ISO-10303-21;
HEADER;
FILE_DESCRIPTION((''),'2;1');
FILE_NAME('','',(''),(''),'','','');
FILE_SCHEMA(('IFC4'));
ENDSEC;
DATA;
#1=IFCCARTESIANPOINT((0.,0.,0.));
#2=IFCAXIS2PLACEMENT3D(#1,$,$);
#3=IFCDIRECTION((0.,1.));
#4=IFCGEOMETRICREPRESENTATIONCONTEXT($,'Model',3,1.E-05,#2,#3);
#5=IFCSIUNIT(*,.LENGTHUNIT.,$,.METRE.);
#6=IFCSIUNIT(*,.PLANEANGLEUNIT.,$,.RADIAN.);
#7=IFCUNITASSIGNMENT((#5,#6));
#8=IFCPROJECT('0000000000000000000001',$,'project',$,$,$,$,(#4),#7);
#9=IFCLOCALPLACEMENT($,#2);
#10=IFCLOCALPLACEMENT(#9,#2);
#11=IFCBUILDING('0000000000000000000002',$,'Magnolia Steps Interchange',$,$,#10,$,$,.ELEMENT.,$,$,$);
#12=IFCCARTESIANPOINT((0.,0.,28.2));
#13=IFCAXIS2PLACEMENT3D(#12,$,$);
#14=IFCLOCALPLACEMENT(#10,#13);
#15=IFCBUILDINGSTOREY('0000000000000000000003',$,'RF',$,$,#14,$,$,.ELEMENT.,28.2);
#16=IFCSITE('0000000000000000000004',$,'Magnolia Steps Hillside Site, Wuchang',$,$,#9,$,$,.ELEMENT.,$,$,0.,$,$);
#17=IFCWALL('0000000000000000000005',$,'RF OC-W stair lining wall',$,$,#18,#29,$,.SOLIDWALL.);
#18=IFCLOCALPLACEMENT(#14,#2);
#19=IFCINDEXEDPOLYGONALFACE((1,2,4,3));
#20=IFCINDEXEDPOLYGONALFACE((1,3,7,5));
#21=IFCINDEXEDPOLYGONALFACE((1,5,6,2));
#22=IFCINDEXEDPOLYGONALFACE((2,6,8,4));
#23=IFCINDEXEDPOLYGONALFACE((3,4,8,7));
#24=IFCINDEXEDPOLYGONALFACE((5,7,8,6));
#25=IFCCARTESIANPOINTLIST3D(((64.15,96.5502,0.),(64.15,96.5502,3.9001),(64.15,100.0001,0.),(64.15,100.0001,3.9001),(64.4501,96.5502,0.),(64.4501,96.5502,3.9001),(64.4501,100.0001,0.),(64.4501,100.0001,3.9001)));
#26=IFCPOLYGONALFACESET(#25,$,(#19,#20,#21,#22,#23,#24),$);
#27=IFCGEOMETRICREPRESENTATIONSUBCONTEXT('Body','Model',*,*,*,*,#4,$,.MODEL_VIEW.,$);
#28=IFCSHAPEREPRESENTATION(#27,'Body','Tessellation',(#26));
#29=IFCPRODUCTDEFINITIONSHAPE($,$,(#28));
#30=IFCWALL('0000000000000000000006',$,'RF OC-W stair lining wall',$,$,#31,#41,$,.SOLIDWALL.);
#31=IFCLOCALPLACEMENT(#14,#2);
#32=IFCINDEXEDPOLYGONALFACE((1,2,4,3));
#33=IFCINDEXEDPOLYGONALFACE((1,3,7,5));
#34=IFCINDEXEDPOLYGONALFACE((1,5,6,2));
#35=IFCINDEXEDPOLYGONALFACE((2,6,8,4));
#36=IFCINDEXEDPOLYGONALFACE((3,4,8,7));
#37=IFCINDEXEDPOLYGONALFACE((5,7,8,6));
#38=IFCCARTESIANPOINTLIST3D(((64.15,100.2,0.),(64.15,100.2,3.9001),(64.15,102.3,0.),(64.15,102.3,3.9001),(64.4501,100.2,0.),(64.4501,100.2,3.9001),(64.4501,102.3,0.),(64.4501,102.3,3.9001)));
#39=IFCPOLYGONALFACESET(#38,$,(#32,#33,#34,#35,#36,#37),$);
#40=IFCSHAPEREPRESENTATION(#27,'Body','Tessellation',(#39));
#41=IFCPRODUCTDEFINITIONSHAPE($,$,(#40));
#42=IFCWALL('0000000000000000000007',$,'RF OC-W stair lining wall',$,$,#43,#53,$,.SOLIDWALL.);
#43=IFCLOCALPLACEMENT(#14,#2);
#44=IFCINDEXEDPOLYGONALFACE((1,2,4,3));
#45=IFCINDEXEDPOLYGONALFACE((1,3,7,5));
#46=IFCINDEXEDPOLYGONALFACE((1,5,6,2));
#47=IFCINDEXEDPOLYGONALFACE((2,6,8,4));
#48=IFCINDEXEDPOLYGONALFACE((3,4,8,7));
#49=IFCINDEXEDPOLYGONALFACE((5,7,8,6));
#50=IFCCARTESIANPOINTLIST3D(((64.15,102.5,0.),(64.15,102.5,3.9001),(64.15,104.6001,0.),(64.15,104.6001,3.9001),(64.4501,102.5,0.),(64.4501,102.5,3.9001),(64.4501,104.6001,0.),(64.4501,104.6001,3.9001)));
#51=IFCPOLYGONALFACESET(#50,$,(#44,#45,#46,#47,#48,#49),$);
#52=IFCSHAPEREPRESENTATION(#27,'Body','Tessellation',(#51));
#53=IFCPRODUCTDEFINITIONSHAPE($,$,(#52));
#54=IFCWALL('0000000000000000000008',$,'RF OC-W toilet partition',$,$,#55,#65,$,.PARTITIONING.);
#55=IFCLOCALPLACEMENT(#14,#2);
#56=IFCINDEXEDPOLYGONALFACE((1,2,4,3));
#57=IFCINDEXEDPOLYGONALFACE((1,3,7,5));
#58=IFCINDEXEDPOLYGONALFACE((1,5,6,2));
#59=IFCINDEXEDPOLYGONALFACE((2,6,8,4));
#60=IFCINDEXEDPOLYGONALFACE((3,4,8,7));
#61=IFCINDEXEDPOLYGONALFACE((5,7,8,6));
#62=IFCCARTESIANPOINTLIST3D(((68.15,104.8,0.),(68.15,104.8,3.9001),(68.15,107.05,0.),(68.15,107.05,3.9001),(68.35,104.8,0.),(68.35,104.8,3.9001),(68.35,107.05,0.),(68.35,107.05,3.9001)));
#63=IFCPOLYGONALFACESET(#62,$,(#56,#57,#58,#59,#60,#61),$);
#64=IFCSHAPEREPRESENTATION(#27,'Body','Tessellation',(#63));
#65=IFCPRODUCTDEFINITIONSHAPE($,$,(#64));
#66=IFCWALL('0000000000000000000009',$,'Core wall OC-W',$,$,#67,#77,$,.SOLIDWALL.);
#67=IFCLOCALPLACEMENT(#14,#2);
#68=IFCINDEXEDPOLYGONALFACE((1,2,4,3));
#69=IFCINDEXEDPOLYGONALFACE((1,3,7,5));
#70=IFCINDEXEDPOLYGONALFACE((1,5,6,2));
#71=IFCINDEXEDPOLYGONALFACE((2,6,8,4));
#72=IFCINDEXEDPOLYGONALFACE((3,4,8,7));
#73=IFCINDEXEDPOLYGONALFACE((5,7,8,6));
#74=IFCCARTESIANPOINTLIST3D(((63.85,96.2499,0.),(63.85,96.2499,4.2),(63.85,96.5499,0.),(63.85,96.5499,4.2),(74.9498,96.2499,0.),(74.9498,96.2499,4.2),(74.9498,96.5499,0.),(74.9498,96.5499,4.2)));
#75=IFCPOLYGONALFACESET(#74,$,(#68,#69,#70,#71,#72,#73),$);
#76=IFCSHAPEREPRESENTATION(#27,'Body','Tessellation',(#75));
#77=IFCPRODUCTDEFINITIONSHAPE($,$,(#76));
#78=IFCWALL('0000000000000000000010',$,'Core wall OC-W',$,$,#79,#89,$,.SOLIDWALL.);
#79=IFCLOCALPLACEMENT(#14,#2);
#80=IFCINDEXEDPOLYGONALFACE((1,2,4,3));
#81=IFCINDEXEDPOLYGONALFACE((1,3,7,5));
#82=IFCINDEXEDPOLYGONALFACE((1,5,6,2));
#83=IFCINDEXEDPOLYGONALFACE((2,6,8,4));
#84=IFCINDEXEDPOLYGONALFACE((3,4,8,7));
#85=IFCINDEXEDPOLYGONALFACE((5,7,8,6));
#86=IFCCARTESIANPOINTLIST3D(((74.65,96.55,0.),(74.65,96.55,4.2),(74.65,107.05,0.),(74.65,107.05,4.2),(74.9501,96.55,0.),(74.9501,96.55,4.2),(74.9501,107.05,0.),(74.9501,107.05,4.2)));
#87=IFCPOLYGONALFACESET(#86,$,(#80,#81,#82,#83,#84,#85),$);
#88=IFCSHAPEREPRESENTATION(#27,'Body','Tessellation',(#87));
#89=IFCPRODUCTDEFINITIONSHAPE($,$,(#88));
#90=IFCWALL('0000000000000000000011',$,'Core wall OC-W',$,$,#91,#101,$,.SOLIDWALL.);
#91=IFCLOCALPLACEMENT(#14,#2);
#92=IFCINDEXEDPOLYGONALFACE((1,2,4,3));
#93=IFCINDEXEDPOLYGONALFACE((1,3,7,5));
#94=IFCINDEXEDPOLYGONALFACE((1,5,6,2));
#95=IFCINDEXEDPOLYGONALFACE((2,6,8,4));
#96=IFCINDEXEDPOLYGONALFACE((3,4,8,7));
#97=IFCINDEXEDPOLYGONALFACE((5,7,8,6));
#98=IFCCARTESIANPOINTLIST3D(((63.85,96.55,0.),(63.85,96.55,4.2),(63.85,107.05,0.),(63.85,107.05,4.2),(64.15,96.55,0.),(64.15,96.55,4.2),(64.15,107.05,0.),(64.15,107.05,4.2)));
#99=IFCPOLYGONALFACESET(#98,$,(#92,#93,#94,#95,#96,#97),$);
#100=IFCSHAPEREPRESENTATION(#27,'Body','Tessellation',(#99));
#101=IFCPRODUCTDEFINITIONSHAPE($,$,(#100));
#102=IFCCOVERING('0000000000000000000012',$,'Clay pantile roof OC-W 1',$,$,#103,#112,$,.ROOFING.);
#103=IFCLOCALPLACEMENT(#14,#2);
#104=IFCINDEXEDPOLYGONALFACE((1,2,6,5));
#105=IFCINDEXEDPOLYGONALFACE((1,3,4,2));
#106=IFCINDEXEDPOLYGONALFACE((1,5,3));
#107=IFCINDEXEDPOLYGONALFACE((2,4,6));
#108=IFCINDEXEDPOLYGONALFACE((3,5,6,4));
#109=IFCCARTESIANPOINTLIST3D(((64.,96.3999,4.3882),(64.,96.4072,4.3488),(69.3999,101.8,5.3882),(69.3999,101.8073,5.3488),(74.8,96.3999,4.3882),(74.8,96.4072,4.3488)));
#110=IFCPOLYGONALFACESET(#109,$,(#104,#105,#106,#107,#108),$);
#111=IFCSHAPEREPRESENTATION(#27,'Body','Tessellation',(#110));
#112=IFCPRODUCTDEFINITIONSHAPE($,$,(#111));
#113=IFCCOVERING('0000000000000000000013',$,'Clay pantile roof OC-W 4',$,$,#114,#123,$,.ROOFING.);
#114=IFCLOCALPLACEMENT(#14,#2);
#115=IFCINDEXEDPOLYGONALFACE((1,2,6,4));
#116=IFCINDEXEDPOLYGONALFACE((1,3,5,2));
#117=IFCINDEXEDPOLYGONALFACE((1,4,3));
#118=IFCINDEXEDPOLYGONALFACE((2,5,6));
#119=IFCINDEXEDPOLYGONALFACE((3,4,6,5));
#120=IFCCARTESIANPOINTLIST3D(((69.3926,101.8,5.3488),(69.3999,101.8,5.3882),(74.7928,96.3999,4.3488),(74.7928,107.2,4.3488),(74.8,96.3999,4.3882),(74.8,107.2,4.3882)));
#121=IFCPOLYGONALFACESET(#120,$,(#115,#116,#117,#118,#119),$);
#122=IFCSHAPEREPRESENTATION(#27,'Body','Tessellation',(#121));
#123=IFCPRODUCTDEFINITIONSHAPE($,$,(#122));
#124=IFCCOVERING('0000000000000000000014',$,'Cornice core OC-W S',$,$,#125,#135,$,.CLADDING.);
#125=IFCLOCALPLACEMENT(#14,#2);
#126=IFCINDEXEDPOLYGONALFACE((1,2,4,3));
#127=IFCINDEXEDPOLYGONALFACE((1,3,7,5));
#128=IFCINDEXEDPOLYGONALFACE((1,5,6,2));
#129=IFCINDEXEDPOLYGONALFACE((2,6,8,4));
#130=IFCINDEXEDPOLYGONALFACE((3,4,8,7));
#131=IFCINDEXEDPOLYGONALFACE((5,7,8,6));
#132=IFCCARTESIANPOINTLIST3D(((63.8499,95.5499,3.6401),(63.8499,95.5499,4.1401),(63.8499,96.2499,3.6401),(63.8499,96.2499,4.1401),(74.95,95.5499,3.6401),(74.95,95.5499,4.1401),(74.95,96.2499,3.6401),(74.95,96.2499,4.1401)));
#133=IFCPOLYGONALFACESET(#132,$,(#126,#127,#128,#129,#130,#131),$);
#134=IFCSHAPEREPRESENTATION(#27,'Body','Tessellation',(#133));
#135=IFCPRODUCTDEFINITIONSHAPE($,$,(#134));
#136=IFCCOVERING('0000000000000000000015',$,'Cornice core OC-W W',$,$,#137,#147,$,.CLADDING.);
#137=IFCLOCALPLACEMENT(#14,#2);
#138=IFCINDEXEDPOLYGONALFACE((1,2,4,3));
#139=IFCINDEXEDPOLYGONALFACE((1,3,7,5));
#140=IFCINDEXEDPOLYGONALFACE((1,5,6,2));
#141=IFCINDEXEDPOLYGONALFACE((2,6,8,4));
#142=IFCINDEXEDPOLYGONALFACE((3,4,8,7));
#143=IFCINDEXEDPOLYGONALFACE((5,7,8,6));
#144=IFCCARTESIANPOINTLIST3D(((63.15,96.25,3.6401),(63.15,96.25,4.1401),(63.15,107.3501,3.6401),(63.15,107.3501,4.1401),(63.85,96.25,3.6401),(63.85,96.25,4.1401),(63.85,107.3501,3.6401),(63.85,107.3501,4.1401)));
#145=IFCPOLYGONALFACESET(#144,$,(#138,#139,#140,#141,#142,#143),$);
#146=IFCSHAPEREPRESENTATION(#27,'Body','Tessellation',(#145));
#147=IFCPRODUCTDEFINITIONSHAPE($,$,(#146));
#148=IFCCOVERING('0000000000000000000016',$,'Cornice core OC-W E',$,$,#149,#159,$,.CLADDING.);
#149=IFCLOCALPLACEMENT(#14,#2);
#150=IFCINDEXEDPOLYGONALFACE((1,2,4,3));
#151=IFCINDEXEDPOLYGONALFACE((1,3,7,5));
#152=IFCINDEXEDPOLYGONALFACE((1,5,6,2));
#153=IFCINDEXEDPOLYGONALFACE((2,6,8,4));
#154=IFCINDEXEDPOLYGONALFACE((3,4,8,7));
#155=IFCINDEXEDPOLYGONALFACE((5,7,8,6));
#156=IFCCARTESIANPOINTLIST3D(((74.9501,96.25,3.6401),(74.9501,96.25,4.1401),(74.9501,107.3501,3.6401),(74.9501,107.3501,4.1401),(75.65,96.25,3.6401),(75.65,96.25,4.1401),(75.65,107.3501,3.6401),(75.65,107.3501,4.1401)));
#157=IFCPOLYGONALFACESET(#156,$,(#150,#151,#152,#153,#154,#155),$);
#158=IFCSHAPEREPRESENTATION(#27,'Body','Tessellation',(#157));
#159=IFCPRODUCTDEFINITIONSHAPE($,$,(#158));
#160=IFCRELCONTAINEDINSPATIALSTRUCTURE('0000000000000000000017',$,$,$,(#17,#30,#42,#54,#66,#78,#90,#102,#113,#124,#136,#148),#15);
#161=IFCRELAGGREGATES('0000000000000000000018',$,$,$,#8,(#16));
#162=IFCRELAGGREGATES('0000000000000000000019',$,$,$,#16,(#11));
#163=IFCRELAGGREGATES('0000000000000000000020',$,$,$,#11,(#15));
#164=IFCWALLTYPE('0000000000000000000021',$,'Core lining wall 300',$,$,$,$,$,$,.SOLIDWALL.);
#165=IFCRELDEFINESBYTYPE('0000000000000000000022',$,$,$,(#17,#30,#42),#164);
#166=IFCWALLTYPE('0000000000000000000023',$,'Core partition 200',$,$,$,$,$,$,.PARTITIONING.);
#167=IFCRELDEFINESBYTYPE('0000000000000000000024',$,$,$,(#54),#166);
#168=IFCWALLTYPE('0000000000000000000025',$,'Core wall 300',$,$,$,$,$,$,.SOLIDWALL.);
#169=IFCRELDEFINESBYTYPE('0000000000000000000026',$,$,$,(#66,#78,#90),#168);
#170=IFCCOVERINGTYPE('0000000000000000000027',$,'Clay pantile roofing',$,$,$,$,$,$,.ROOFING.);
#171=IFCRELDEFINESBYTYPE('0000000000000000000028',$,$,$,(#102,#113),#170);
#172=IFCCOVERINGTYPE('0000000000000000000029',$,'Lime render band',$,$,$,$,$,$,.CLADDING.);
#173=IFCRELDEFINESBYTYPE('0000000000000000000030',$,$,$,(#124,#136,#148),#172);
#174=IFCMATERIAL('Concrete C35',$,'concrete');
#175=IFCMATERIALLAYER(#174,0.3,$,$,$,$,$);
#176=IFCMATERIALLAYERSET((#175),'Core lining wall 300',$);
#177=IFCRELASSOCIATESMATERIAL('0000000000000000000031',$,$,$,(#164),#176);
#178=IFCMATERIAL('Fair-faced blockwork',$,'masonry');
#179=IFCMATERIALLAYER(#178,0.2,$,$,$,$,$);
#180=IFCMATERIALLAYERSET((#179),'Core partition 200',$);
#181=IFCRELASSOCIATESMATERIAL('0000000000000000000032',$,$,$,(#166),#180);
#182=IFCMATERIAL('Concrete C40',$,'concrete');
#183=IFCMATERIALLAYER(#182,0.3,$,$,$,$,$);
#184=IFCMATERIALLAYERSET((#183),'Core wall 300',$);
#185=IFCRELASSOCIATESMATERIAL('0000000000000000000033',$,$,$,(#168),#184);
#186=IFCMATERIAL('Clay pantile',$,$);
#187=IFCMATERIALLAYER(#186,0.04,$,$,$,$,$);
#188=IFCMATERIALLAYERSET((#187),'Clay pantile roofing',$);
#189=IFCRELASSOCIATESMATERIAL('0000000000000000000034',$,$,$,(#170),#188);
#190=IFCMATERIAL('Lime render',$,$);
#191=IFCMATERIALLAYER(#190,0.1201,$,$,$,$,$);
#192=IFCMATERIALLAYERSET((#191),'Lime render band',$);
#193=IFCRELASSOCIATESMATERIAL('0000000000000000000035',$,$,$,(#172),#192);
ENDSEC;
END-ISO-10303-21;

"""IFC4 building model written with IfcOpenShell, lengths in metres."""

from ifc_helpers import new_model, si_unit, direction, frame, frame_2d, origin, origin_2d, place, context, subcontext, project, spatial, polyline, rectangle, outline, extrude, material, layer, layer_set, type_object, element, save


model = new_model("IFC4")

# Units and contexts
model_context = context("Model", 3, precision=1e-05, world=origin(), true_north=direction((0.0, 1.0)))
body_context = subcontext(model_context, "Body", "Model", "MODEL_VIEW")
ifc_project = project(units=[si_unit("LENGTHUNIT", "METRE"), si_unit("PLANEANGLEUNIT", "RADIAN")], contexts=[model_context])

# Site, building, storey
site_placement = place(None, origin())
site = spatial("IfcSite", under=ifc_project, at=site_placement, Name="Magnolia Steps Hillside Site, Wuchang", CompositionType="ELEMENT", RefElevation=0.0)
building_placement = place(site_placement, origin())
building = spatial("IfcBuilding", under=site, at=building_placement, Name="Magnolia Steps Interchange", CompositionType="ELEMENT")
storey_placement = place(building_placement, frame((0.0, 0.0, 28.2)))
storey = spatial("IfcBuildingStorey", under=building, at=storey_placement, Name="RF", CompositionType="ELEMENT", Elevation=28.2)

# Walls
ifc_material_1 = material(Name="Concrete C35", Category="concrete")
ifc_layer_1 = layer(ifc_material_1, 0.3)
ifc_layer_set_1 = layer_set([ifc_layer_1], Name="Core lining wall 300")
wall_type_1 = type_object("IfcWallType", Name="Core lining wall 300", PredefinedType="SOLIDWALL", material=ifc_layer_set_1)
wall_1_placement = place(storey_placement, frame((64.3, 96.55, 0.0), z_axis=(0.0, 0.0, 1.0), x_axis=(0.0, 1.0, 0.0)))
element("IfcWall", 1, at=wall_1_placement, inside=storey, type_object=wall_type_1, Name="RF OC-W stair lining wall", PredefinedType="SOLIDWALL", context=body_context, shape_type="SweptSolid", body=[
    extrude(rectangle(XDim=3.45, YDim=0.3, at=frame_2d((1.7251, 0.0))), origin(), (0.0, 0.0, 1.0), 3.9001),
])
for number, where, z_axis, x_axis, name in (
    (2, (64.3, 100.2, 0.0), (0.0, 0.0, 1.0), (0.0, 1.0, 0.0), "RF OC-W stair lining wall"),
    (3, (64.3, 102.5, 0.0), (0.0, 0.0, 1.0), (0.0, 1.0, 0.0), "RF OC-W stair lining wall"),
):
    element("IfcWall", number, at=place(storey_placement, frame(where, z_axis=z_axis, x_axis=x_axis)), inside=storey, type_object=wall_type_1, Name=name, PredefinedType="SOLIDWALL", context=body_context, shape_type="SweptSolid", body=[
        extrude(rectangle(XDim=2.1001, YDim=0.3, at=frame_2d((1.05, 0.0))), origin(), (0.0, 0.0, 1.0), 3.9001),
    ])
ifc_material_2 = material(Name="Fair-faced blockwork", Category="masonry")
ifc_layer_2 = layer(ifc_material_2, 0.2)
ifc_layer_set_2 = layer_set([ifc_layer_2], Name="Core partition 200")
wall_type_2 = type_object("IfcWallType", Name="Core partition 200", PredefinedType="PARTITIONING", material=ifc_layer_set_2)
wall_2_placement = place(storey_placement, frame((68.25, 104.8, 0.0), z_axis=(0.0, 0.0, 1.0), x_axis=(0.0, 1.0, 0.0)))
element("IfcWall", 4, at=wall_2_placement, inside=storey, type_object=wall_type_2, Name="RF OC-W toilet partition", PredefinedType="PARTITIONING", context=body_context, shape_type="SweptSolid", body=[
    extrude(rectangle(XDim=2.25, YDim=0.2, at=frame_2d((1.125, 0.0))), origin(), (0.0, 0.0, 1.0), 3.9001),
])
ifc_material_3 = material(Name="Concrete C40", Category="concrete")
ifc_layer_3 = layer(ifc_material_3, 0.3)
ifc_layer_set_3 = layer_set([ifc_layer_3], Name="Core wall 300")
wall_type_3 = type_object("IfcWallType", Name="Core wall 300", PredefinedType="SOLIDWALL", material=ifc_layer_set_3)
wall_3_placement = place(storey_placement, frame((63.8501, 96.3999, 0.0), z_axis=(0.0, 0.0, 1.0), x_axis=(1.0, 0.0, 0.0)))
element("IfcWall", 5, at=wall_3_placement, inside=storey, type_object=wall_type_3, Name="Core wall OC-W", PredefinedType="SOLIDWALL", context=body_context, shape_type="SweptSolid", body=[
    extrude(rectangle(XDim=11.0999, YDim=0.3, at=frame_2d((5.5498, 0.0))), origin(), (0.0, 0.0, 1.0), 4.2),
])
for number, where, z_axis, x_axis, name in (
    (6, (74.8, 96.55, 0.0), (0.0, 0.0, 1.0), (0.0, 1.0, 0.0), "Core wall OC-W"),
    (7, (64.0, 107.05, 0.0), (0.0, 0.0, 1.0), (0.0, -1.0, 0.0), "Core wall OC-W"),
):
    element("IfcWall", number, at=place(storey_placement, frame(where, z_axis=z_axis, x_axis=x_axis)), inside=storey, type_object=wall_type_3, Name=name, PredefinedType="SOLIDWALL", context=body_context, shape_type="SweptSolid", body=[
        extrude(rectangle(XDim=10.5, YDim=0.3, at=frame_2d((5.25, 0.0))), origin(), (0.0, 0.0, 1.0), 4.2),
    ])

# Coverings
ifc_material_4 = material(Name="Clay pantile")
ifc_layer_4 = layer(ifc_material_4, 0.04)
ifc_layer_set_4 = layer_set([ifc_layer_4], Name="Clay pantile roofing")
covering_type_1 = type_object("IfcCoveringType", Name="Clay pantile roofing", PredefinedType="ROOFING", material=ifc_layer_set_4)
covering_1_placement = place(storey_placement, frame((64.0, 96.3999, 4.3882), z_axis=(0.0, -0.182084, 0.983283), x_axis=(1.0, 0.0, 0.0)))
element("IfcCovering", 8, at=covering_1_placement, inside=storey, type_object=covering_type_1, Name="Clay pantile roof OC-W 1", PredefinedType="ROOFING", context=body_context, shape_type="SweptSolid", body=[
    extrude(outline(polyline([(0.0, 0.0), (10.8, 0.0), (5.3999, 5.492), (0.0, 0.0)])), origin(), (0.0, 0.0, -1.0), 0.04),
])
covering_2_placement = place(storey_placement, frame((74.8, 96.3999, 4.3882), z_axis=(0.182084, 0.0, 0.983283), x_axis=(0.0, 1.0, 0.0)))
element("IfcCovering", 9, at=covering_2_placement, inside=storey, type_object=covering_type_1, Name="Clay pantile roof OC-W 4", PredefinedType="ROOFING", context=body_context, shape_type="SweptSolid", body=[
    extrude(outline(polyline([(0.0, 0.0), (10.8, 0.0), (5.4001, 5.492), (0.0, 0.0)])), origin(), (0.0, 0.0, -1.0), 0.04),
])
ifc_material_5 = material(Name="Lime render")
ifc_layer_5 = layer(ifc_material_5, 0.1201)
ifc_layer_set_5 = layer_set([ifc_layer_5], Name="Lime render band")
covering_type_2 = type_object("IfcCoveringType", Name="Lime render band", PredefinedType="CLADDING", material=ifc_layer_set_5)
covering_3_placement = place(storey_placement, frame((69.3999, 95.8999, 3.6401), z_axis=(0.0, 0.0, 1.0), x_axis=(1.0, 0.0, 0.0)))
element("IfcCovering", 10, at=covering_3_placement, inside=storey, type_object=covering_type_2, Name="Cornice core OC-W S", PredefinedType="CLADDING", context=body_context, shape_type="SweptSolid", body=[
    extrude(rectangle(XDim=11.1001, YDim=0.7, at=origin_2d()), origin(), (0.0, 0.0, 1.0), 0.5),
])
for number, where, z_axis, x_axis, name in (
    (11, (63.5, 101.8, 3.6401), (0.0, 0.0, 1.0), (1.0, 0.0, 0.0), "Cornice core OC-W W"),
    (12, (75.3, 101.8, 3.6401), (0.0, 0.0, 1.0), (1.0, 0.0, 0.0), "Cornice core OC-W E"),
):
    element("IfcCovering", number, at=place(storey_placement, frame(where, z_axis=z_axis, x_axis=x_axis)), inside=storey, type_object=covering_type_2, Name=name, PredefinedType="CLADDING", context=body_context, shape_type="SweptSolid", body=[
        extrude(rectangle(XDim=0.7, YDim=11.1001, at=origin_2d()), origin(), (0.0, 0.0, 1.0), 0.5),
    ])

save(model, "model.ifc")
